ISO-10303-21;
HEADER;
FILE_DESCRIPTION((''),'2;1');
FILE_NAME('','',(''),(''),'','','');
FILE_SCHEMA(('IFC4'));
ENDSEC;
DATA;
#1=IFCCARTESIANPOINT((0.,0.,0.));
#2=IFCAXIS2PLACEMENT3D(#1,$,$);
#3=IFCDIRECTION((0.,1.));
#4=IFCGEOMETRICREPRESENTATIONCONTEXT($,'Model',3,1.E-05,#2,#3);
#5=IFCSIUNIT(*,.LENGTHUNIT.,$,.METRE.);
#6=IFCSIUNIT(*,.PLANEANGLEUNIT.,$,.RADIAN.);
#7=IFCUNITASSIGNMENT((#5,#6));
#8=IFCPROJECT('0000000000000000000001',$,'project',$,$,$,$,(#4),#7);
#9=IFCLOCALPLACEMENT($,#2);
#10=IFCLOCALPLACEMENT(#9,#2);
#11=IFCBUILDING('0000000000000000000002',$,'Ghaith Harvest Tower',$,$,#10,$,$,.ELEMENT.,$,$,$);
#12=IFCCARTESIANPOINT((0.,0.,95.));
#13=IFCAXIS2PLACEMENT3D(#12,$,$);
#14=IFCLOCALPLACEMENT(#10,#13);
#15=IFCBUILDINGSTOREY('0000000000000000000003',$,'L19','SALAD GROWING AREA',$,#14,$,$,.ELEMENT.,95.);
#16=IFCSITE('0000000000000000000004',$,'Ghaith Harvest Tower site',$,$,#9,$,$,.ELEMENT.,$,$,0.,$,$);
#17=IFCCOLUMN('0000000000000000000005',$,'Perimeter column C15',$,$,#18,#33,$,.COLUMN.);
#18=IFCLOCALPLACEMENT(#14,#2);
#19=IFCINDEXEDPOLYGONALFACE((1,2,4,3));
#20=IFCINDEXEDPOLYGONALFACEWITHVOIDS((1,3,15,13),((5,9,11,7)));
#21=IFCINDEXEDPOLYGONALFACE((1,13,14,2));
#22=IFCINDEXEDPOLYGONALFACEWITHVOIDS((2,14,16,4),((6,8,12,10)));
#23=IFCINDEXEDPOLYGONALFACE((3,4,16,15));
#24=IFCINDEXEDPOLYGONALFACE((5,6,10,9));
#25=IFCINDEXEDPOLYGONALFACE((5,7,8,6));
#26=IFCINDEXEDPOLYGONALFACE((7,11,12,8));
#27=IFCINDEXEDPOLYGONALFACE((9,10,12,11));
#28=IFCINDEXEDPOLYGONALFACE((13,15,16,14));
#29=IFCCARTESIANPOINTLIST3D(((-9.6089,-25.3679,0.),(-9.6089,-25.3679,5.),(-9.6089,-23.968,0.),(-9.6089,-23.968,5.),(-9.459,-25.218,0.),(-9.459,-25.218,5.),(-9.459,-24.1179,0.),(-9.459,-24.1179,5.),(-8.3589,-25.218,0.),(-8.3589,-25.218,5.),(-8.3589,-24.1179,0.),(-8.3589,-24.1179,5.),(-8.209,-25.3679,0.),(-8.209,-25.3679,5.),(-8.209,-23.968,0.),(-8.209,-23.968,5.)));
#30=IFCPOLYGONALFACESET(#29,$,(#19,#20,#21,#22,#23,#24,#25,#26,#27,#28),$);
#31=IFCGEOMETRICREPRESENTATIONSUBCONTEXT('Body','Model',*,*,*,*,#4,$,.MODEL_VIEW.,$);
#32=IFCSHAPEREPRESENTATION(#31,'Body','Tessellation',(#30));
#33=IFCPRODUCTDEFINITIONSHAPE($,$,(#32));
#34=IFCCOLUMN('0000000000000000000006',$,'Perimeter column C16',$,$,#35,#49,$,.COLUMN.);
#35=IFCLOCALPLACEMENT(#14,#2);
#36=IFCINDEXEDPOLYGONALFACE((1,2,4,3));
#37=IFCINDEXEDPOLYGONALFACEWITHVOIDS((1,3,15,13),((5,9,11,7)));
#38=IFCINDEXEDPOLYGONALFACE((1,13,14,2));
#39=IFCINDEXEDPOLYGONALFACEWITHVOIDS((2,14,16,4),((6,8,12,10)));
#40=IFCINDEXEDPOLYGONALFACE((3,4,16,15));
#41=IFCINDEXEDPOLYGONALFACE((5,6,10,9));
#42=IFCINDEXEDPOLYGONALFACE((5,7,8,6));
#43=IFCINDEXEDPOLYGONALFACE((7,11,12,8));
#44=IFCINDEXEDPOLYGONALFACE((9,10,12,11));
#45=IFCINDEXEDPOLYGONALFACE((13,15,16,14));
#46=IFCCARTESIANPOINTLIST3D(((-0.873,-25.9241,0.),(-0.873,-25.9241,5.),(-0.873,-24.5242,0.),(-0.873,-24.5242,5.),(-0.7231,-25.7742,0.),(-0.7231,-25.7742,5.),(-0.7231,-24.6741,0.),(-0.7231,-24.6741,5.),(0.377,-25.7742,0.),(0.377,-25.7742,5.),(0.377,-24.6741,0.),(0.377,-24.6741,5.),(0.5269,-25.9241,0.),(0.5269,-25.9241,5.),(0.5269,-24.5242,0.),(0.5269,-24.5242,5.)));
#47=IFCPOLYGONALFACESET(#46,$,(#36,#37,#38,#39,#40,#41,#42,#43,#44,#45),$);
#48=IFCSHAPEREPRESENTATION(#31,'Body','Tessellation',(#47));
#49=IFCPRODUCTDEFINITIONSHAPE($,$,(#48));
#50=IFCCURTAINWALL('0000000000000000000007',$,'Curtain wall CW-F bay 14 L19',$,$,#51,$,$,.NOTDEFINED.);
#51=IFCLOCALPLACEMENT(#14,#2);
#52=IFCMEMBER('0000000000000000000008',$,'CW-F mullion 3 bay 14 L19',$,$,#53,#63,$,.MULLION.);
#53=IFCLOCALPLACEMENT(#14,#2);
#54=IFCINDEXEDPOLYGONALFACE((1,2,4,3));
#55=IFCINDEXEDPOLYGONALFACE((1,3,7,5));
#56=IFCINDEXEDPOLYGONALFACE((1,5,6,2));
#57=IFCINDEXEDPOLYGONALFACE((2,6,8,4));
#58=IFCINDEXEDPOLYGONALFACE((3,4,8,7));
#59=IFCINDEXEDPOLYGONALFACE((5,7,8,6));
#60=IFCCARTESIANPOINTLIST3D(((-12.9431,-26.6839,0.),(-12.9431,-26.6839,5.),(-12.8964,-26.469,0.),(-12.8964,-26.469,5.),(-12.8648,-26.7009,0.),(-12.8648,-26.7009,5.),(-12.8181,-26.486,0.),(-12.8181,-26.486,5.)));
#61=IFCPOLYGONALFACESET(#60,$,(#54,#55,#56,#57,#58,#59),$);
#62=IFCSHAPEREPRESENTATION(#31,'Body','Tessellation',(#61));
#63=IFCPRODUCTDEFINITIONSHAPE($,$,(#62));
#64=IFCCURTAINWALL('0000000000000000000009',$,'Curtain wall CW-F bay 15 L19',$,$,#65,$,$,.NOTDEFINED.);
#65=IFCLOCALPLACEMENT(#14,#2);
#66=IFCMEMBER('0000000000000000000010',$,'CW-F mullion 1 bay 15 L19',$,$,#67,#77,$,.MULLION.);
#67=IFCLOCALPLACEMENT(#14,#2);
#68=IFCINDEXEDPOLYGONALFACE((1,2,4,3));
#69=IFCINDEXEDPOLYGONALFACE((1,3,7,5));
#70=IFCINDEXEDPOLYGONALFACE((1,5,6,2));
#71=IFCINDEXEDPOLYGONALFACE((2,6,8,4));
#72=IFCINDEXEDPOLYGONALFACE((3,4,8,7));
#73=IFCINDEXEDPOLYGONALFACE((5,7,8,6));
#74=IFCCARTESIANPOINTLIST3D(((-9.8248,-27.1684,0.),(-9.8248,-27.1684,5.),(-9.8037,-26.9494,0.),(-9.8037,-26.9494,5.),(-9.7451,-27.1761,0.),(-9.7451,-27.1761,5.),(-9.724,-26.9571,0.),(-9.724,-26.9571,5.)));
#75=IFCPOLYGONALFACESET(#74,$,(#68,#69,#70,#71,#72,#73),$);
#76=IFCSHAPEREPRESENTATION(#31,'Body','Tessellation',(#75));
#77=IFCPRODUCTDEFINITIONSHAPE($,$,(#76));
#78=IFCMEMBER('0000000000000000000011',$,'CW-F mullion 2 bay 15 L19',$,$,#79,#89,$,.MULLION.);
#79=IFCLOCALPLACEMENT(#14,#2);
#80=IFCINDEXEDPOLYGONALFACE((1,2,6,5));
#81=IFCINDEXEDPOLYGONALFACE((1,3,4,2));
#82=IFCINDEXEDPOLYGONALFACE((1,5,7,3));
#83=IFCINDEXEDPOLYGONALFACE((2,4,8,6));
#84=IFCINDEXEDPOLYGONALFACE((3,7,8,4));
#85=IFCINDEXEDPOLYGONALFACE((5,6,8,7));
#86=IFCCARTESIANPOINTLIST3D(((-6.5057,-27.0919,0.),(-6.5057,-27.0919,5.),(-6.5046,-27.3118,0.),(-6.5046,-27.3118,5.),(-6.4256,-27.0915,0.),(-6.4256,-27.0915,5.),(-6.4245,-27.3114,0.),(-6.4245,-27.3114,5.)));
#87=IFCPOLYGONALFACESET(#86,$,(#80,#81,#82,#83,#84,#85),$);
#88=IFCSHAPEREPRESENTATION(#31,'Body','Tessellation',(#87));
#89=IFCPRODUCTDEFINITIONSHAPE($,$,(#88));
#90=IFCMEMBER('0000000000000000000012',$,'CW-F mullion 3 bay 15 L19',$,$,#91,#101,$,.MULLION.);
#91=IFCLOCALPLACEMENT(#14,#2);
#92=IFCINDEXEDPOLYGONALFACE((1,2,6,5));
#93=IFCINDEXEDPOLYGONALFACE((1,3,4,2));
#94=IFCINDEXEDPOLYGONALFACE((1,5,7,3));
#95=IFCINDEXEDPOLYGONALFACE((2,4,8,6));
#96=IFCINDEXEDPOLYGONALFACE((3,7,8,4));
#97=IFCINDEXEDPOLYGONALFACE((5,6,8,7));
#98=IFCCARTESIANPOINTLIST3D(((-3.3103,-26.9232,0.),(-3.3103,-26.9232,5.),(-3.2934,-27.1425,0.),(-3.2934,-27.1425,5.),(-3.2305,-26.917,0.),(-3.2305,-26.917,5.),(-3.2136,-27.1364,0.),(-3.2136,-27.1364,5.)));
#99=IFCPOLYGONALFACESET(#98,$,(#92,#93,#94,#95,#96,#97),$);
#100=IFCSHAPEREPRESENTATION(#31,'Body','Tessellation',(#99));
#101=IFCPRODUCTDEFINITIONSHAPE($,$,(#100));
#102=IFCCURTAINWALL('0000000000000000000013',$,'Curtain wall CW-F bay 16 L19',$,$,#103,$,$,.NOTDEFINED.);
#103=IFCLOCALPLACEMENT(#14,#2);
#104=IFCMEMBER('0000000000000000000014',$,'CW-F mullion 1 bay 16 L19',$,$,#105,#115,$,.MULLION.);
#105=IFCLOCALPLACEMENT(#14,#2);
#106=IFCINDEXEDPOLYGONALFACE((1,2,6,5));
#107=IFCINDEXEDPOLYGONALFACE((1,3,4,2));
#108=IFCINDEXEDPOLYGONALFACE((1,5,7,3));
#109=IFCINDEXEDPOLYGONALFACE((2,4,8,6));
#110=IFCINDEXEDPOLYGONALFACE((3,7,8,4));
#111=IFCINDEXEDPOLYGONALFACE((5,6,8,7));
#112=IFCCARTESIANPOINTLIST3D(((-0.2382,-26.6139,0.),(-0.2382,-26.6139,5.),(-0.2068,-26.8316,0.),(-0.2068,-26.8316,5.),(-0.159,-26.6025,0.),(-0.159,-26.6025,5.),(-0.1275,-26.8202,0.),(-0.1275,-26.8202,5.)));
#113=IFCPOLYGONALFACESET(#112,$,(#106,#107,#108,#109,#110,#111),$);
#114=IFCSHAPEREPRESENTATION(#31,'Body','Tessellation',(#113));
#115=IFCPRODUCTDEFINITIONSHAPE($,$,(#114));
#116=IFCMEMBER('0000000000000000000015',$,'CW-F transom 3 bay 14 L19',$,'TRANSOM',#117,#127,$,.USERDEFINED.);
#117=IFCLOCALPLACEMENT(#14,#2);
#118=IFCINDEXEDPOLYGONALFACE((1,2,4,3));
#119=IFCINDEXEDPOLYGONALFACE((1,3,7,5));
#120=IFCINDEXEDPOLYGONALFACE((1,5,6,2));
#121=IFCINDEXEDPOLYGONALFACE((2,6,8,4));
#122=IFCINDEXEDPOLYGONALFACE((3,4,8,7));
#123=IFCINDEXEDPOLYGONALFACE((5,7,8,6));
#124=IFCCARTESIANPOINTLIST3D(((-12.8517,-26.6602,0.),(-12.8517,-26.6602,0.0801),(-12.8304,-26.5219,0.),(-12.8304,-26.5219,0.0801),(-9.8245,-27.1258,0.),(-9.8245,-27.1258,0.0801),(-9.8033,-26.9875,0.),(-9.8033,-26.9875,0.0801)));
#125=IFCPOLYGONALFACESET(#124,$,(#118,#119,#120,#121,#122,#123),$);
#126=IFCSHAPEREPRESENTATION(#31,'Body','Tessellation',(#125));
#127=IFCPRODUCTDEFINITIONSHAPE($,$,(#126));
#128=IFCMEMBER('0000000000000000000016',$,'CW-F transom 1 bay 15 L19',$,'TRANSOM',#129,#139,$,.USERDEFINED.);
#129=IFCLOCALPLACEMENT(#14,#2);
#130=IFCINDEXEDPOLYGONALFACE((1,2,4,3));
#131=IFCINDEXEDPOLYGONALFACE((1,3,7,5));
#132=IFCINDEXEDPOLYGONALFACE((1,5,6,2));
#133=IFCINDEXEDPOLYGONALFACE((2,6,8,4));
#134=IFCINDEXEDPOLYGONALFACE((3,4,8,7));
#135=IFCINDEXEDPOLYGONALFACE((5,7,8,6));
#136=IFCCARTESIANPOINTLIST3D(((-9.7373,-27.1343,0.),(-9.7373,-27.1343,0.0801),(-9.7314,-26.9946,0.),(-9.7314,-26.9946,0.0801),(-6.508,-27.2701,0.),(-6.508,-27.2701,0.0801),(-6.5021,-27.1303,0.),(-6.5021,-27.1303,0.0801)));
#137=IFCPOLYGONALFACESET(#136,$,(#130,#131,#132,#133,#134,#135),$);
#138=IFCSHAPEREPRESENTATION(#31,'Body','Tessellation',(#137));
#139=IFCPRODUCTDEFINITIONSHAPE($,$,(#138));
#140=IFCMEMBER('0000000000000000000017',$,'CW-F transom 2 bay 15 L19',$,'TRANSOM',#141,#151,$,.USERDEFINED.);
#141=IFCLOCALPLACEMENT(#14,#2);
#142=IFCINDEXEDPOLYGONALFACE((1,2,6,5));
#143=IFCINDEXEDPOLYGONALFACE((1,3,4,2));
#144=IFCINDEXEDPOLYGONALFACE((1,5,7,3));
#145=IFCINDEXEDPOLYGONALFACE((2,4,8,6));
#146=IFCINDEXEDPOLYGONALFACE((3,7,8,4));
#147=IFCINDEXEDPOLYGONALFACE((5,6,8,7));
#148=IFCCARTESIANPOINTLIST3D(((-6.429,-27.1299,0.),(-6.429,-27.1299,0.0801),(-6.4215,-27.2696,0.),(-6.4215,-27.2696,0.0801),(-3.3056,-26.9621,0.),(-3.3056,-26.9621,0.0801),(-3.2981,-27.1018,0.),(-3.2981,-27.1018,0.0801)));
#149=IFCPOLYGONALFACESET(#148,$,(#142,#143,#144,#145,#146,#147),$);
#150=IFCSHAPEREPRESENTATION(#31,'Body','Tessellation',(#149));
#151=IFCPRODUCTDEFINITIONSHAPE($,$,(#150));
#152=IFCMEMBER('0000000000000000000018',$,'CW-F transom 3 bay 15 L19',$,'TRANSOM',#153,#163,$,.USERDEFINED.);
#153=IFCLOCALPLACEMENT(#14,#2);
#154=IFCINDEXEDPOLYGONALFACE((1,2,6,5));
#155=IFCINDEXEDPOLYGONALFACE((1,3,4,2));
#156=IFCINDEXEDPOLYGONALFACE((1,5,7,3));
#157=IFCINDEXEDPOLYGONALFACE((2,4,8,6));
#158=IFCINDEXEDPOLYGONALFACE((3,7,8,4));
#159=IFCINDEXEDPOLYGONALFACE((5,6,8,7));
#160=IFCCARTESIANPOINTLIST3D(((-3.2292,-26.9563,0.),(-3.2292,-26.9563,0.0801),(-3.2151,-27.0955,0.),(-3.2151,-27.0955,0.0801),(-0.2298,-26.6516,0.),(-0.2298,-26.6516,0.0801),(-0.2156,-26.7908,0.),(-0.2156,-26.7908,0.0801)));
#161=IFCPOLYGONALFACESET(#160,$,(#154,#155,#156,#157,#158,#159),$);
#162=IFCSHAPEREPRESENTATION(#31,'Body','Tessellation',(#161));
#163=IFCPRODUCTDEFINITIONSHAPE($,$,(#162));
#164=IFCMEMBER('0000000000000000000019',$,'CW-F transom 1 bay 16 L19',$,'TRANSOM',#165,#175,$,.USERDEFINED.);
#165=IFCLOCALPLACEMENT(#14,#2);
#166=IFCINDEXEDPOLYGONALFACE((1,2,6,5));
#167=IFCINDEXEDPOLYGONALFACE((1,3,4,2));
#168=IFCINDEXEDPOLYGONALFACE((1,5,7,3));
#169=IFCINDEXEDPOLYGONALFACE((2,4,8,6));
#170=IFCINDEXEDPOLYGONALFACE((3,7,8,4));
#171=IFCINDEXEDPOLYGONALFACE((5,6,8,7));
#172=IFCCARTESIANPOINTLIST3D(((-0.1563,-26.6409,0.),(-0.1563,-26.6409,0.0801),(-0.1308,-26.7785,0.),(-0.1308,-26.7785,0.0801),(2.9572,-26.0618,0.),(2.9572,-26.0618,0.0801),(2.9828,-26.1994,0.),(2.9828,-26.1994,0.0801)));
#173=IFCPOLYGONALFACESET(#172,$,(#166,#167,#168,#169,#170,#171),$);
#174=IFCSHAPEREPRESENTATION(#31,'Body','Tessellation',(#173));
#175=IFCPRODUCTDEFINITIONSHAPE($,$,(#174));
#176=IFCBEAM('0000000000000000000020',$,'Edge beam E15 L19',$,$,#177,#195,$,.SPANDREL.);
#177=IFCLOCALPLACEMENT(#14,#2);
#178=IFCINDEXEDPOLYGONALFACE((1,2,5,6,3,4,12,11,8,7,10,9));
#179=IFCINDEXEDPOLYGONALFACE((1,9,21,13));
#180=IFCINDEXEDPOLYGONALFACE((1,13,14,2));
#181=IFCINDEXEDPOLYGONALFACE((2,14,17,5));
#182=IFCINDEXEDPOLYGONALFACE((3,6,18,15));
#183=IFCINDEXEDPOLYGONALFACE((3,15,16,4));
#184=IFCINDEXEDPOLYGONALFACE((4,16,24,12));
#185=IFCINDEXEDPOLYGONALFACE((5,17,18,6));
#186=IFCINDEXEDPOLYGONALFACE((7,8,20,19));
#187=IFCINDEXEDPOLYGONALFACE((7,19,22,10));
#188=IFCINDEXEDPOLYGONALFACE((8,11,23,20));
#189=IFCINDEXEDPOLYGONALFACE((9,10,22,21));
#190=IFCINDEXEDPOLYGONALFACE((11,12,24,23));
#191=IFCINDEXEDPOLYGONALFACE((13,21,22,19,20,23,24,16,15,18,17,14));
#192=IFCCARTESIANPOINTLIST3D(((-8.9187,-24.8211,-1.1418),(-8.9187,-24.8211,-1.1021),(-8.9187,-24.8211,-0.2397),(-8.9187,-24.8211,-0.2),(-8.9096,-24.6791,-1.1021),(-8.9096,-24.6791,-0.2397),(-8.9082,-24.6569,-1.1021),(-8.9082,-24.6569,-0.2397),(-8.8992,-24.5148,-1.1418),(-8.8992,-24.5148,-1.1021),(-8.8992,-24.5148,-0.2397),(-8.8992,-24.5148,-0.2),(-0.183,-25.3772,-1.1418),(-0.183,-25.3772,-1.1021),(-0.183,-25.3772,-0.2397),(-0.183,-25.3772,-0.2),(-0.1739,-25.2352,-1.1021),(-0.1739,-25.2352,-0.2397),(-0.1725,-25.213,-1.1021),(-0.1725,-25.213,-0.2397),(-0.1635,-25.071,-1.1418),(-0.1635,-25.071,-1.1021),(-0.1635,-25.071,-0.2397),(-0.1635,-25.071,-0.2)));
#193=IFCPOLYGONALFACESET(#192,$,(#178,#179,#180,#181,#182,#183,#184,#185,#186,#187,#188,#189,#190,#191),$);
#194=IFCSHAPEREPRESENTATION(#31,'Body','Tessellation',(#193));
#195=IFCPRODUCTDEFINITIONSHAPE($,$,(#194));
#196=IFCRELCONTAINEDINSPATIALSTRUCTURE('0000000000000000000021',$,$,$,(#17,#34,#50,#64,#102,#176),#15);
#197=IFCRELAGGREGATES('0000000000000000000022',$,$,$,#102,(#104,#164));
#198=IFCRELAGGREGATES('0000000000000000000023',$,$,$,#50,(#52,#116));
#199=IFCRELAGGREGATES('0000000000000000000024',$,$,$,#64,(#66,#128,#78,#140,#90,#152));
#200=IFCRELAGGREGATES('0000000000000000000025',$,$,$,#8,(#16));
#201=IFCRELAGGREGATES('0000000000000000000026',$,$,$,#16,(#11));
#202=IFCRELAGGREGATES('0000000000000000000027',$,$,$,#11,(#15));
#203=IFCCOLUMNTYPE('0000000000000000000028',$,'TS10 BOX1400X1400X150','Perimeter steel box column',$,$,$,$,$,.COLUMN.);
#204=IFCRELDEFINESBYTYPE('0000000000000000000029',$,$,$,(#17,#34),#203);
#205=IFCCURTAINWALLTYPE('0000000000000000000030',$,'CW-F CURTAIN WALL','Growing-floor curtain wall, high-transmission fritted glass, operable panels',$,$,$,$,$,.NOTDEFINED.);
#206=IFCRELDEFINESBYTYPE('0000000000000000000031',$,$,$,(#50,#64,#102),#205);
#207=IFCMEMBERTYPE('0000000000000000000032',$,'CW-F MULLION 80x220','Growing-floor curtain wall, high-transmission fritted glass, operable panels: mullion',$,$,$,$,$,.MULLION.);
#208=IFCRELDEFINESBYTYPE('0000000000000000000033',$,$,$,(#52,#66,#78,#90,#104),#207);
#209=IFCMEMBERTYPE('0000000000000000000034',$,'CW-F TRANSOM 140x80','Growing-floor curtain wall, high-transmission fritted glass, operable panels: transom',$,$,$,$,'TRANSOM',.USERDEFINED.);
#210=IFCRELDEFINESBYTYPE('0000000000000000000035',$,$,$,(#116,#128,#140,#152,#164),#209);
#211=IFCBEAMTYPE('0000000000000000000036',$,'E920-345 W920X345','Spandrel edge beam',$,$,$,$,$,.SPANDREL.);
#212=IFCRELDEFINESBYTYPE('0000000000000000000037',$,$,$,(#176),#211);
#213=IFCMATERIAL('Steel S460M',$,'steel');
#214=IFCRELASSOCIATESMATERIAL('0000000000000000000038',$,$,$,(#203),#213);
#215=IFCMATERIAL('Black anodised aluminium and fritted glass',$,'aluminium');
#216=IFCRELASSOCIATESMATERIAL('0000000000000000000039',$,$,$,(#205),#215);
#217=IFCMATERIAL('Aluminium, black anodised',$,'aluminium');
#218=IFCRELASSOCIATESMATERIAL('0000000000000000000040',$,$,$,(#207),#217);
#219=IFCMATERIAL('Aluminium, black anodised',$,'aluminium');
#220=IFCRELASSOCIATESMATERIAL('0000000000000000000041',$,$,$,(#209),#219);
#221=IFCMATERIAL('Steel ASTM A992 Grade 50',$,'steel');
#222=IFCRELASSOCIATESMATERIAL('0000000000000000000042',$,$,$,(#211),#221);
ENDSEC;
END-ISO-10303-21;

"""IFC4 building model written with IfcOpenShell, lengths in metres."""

from ifc_helpers import new_model, si_unit, direction, frame, origin, origin_2d, place, context, subcontext, project, spatial, rectangle, hollow_rectangle, i_section, extrude, material, material_profile, profile_set, type_object, element, aggregate, save


model = new_model("IFC4")

# Units and contexts
model_context = context("Model", 3, precision=1e-05, world=origin(), true_north=direction((0.0, 1.0)))
body_context = subcontext(model_context, "Body", "Model", "MODEL_VIEW")
ifc_project = project(units=[si_unit("LENGTHUNIT", "METRE"), si_unit("PLANEANGLEUNIT", "RADIAN")], contexts=[model_context])

# Site, building, storey
site_placement = place(None, origin())
site = spatial("IfcSite", under=ifc_project, at=site_placement, Name="Ghaith Harvest Tower site", CompositionType="ELEMENT", RefElevation=0.0)
building_placement = place(site_placement, origin())
building = spatial("IfcBuilding", under=site, at=building_placement, Name="Ghaith Harvest Tower", CompositionType="ELEMENT")
storey_placement = place(building_placement, frame((0.0, 0.0, 95.0)))
storey = spatial("IfcBuildingStorey", under=building, at=storey_placement, Name="L19", Description="SALAD GROWING AREA", CompositionType="ELEMENT", Elevation=95.0)

# Columns
ifc_material_1 = material(Name="Steel S460M", Category="steel")
ifc_material_profile_1 = material_profile(ifc_material_1, hollow_rectangle(XDim=1.3999, YDim=1.3999, WallThickness=0.1499, at=origin_2d()), Name="BOX1400X1400X150")
ifc_profile_set_1 = profile_set([ifc_material_profile_1], Name="Steel S460M")
column_type = type_object("IfcColumnType", Name="TS10 BOX1400X1400X150", Description="Perimeter steel box column", PredefinedType="COLUMN", material=ifc_profile_set_1)
for number, where, z_axis, x_axis, name in (
    (1, (-8.9089, -24.668, 0.0), (0.0, 0.0, 1.0), (1.0, 0.0, 0.0), "Perimeter column C15"),
    (2, (-0.1731, -25.2241, 0.0), (0.0, 0.0, 1.0), (1.0, 0.0, 0.0), "Perimeter column C16"),
):
    element("IfcColumn", number, at=place(storey_placement, frame(where, z_axis=z_axis, x_axis=x_axis)), inside=storey, type_object=column_type, Name=name, PredefinedType="COLUMN", context=body_context, shape_type="SweptSolid", body=[
        extrude(hollow_rectangle(XDim=1.3999, YDim=1.3999, WallThickness=0.1499, at=origin_2d()), origin(), (0.0, 0.0, 1.0), 5.0),
    ])

# Curtain wall, member
ifc_material_2 = material(Name="Black anodised aluminium and fritted glass", Category="aluminium")
curtain_wall_type = type_object("IfcCurtainWallType", Name="CW-F CURTAIN WALL", Description="Growing-floor curtain wall, high-transmission fritted glass, operable panels", PredefinedType="NOTDEFINED", material=ifc_material_2)
curtain_wall_1_placement = place(storey_placement, origin())
curtain_wall_1 = element("IfcCurtainWall", 3, at=curtain_wall_1_placement, inside=storey, type_object=curtain_wall_type, Name="Curtain wall CW-F bay 14 L19", PredefinedType="NOTDEFINED")
ifc_material_3 = material(Name="Aluminium, black anodised", Category="aluminium")
ifc_material_profile_2 = material_profile(ifc_material_3, rectangle(XDim=0.0801, YDim=0.22, at=origin_2d()), Name="CW-F MULLION 80x220")
ifc_profile_set_2 = profile_set([ifc_material_profile_2], Name="Aluminium, black anodised")
member_type_1 = type_object("IfcMemberType", Name="CW-F MULLION 80x220", Description="Growing-floor curtain wall, high-transmission fritted glass, operable panels: mullion", PredefinedType="MULLION", material=ifc_profile_set_2)
member_1_placement = place(storey_placement, frame((-12.8806, -26.585, 0.0), z_axis=(0.0, 0.0, 1.0), x_axis=(0.977207, -0.212289, 0.0)))
member_1 = element("IfcMember", 4, at=member_1_placement, type_object=member_type_1, Name="CW-F mullion 3 bay 14 L19", PredefinedType="MULLION", context=body_context, shape_type="SweptSolid", body=[
    extrude(rectangle(XDim=0.0801, YDim=0.22, at=origin_2d()), origin(), (0.0, 0.0, 1.0), 5.0),
])

# Curtain wall, members
curtain_wall_2_placement = place(storey_placement, origin())
curtain_wall_2 = element("IfcCurtainWall", 5, at=curtain_wall_2_placement, inside=storey, type_object=curtain_wall_type, Name="Curtain wall CW-F bay 15 L19", PredefinedType="NOTDEFINED")
member_2_placement = place(storey_placement, frame((-9.7744, -27.0627, 0.0), z_axis=(0.0, 0.0, 1.0), x_axis=(0.995408, -0.095718, 0.0)))
member_2 = element("IfcMember", 6, at=member_2_placement, type_object=member_type_1, Name="CW-F mullion 1 bay 15 L19", PredefinedType="MULLION", context=body_context, shape_type="SweptSolid", body=[
    extrude(rectangle(XDim=0.0801, YDim=0.22, at=origin_2d()), origin(), (0.0, 0.0, 1.0), 5.0),
])
member_3_placement = place(storey_placement, frame((-6.4651, -27.2017, 0.0), z_axis=(0.0, 0.0, 1.0), x_axis=(0.999987, 0.005058, 0.0)))
member_3 = element("IfcMember", 7, at=member_3_placement, type_object=member_type_1, Name="CW-F mullion 2 bay 15 L19", PredefinedType="MULLION", context=body_context, shape_type="SweptSolid", body=[
    extrude(rectangle(XDim=0.0801, YDim=0.22, at=origin_2d()), origin(), (0.0, 0.0, 1.0), 5.0),
])
member_4_placement = place(storey_placement, frame((-3.262, -27.0298, 0.0), z_axis=(0.0, 0.0, 1.0), x_axis=(0.997038, 0.076917, 0.0)))
member_4 = element("IfcMember", 8, at=member_4_placement, type_object=member_type_1, Name="CW-F mullion 3 bay 15 L19", PredefinedType="MULLION", context=body_context, shape_type="SweptSolid", body=[
    extrude(rectangle(XDim=0.0801, YDim=0.22, at=origin_2d()), origin(), (0.0, 0.0, 1.0), 5.0),
])

# Curtain wall, member
curtain_wall_3_placement = place(storey_placement, origin())
curtain_wall_3 = element("IfcCurtainWall", 9, at=curtain_wall_3_placement, inside=storey, type_object=curtain_wall_type, Name="Curtain wall CW-F bay 16 L19", PredefinedType="NOTDEFINED")
member_5_placement = place(storey_placement, frame((-0.1829, -26.717, 0.0), z_axis=(0.0, 0.0, 1.0), x_axis=(0.989712, 0.143075, 0.0)))
member_5 = element("IfcMember", 10, at=member_5_placement, type_object=member_type_1, Name="CW-F mullion 1 bay 16 L19", PredefinedType="MULLION", context=body_context, shape_type="SweptSolid", body=[
    extrude(rectangle(XDim=0.0801, YDim=0.22, at=origin_2d()), origin(), (0.0, 0.0, 1.0), 5.0),
])

# Members
ifc_material_4 = material(Name="Aluminium, black anodised", Category="aluminium")
ifc_material_profile_3 = material_profile(ifc_material_4, rectangle(XDim=0.1399, YDim=0.0801, at=origin_2d()), Name="CW-F TRANSOM 140x80")
ifc_profile_set_3 = profile_set([ifc_material_profile_3], Name="Aluminium, black anodised")
member_type_2 = type_object("IfcMemberType", Name="CW-F TRANSOM 140x80", Description="Growing-floor curtain wall, high-transmission fritted glass, operable panels: transom", ElementType="TRANSOM", PredefinedType="USERDEFINED", material=ifc_profile_set_3)
member_6_placement = place(storey_placement, frame((-12.8411, -26.5911, 0.04), z_axis=(0.988378, -0.152015, 0.0), x_axis=(0.152015, 0.988378, 0.0)))
member_6 = element("IfcMember", 11, at=member_6_placement, type_object=member_type_2, Name="CW-F transom 3 bay 14 L19", ObjectType="TRANSOM", PredefinedType="USERDEFINED", context=body_context, shape_type="SweptSolid", body=[
    extrude(rectangle(XDim=0.1399, YDim=0.0801, at=origin_2d()), origin(), (0.0, 0.0, 1.0), 3.0627),
])
member_7_placement = place(storey_placement, frame((-9.7344, -27.0645, 0.04), z_axis=(0.999118, -0.041998, 0.0), x_axis=(0.041998, 0.999118, 0.0)))
member_7 = element("IfcMember", 12, at=member_7_placement, type_object=member_type_2, Name="CW-F transom 1 bay 15 L19", ObjectType="TRANSOM", PredefinedType="USERDEFINED", context=body_context, shape_type="SweptSolid", body=[
    extrude(rectangle(XDim=0.1399, YDim=0.0801, at=origin_2d()), origin(), (0.0, 0.0, 1.0), 3.2322),
])
member_8_placement = place(storey_placement, frame((-6.4253, -27.1997, 0.04), z_axis=(0.998561, 0.05362, 0.0), x_axis=(-0.05362, 0.998561, 0.0)))
member_8 = element("IfcMember", 13, at=member_8_placement, type_object=member_type_2, Name="CW-F transom 2 bay 15 L19", ObjectType="TRANSOM", PredefinedType="USERDEFINED", context=body_context, shape_type="SweptSolid", body=[
    extrude(rectangle(XDim=0.1399, YDim=0.0801, at=origin_2d()), origin(), (0.0, 0.0, 1.0), 3.1279),
])
member_9_placement = place(storey_placement, frame((-3.2222, -27.0259, 0.04), z_axis=(0.99488, 0.101059, 0.0), x_axis=(-0.101059, 0.99488, 0.0)))
member_9 = element("IfcMember", 14, at=member_9_placement, type_object=member_type_2, Name="CW-F transom 3 bay 15 L19", ObjectType="TRANSOM", PredefinedType="USERDEFINED", context=body_context, shape_type="SweptSolid", body=[
    extrude(rectangle(XDim=0.1399, YDim=0.0801, at=origin_2d()), origin(), (0.0, 0.0, 1.0), 3.0149),
])
member_10_placement = place(storey_placement, frame((-0.1436, -26.7097, 0.04), z_axis=(0.983139, 0.182859, 0.0), x_axis=(-0.182859, 0.983139, 0.0)))
member_10 = element("IfcMember", 15, at=member_10_placement, type_object=member_type_2, Name="CW-F transom 1 bay 16 L19", ObjectType="TRANSOM", PredefinedType="USERDEFINED", context=body_context, shape_type="SweptSolid", body=[
    extrude(rectangle(XDim=0.1399, YDim=0.0801, at=origin_2d()), origin(), (0.0, 0.0, 1.0), 3.167),
])
aggregate(curtain_wall_3, [member_5, member_10])

# Beam
ifc_material_5 = material(Name="Steel ASTM A992 Grade 50", Category="steel")
ifc_material_profile_4 = material_profile(ifc_material_5, i_section(OverallWidth=0.3069, OverallDepth=0.9419, WebThickness=0.0222, FlangeThickness=0.0398, at=origin_2d()), Name="W920X345")
ifc_profile_set_4 = profile_set([ifc_material_profile_4], Name="Steel ASTM A992 Grade 50")
beam_type_1 = type_object("IfcBeamType", Name="E920-345 W920X345", Description="Spandrel edge beam", PredefinedType="SPANDREL", material=ifc_profile_set_4)
beam_1_placement = place(storey_placement, frame((-8.9089, -24.668, -0.6709), z_axis=(0.99798, -0.063535, 0.0), x_axis=(0.063535, 0.99798, 0.0)))
element("IfcBeam", 16, at=beam_1_placement, inside=storey, type_object=beam_type_1, Name="Edge beam E15 L19", PredefinedType="SPANDREL", context=body_context, shape_type="SweptSolid", body=[
    extrude(i_section(OverallWidth=0.3069, OverallDepth=0.9419, WebThickness=0.0222, FlangeThickness=0.0398, at=origin_2d()), origin(), (0.0, 0.0, 1.0), 8.7534),
])

aggregate(curtain_wall_1, [member_1, member_6])
aggregate(curtain_wall_2, [member_2, member_7, member_3, member_8, member_4, member_9])

save(model, "model.ifc")
